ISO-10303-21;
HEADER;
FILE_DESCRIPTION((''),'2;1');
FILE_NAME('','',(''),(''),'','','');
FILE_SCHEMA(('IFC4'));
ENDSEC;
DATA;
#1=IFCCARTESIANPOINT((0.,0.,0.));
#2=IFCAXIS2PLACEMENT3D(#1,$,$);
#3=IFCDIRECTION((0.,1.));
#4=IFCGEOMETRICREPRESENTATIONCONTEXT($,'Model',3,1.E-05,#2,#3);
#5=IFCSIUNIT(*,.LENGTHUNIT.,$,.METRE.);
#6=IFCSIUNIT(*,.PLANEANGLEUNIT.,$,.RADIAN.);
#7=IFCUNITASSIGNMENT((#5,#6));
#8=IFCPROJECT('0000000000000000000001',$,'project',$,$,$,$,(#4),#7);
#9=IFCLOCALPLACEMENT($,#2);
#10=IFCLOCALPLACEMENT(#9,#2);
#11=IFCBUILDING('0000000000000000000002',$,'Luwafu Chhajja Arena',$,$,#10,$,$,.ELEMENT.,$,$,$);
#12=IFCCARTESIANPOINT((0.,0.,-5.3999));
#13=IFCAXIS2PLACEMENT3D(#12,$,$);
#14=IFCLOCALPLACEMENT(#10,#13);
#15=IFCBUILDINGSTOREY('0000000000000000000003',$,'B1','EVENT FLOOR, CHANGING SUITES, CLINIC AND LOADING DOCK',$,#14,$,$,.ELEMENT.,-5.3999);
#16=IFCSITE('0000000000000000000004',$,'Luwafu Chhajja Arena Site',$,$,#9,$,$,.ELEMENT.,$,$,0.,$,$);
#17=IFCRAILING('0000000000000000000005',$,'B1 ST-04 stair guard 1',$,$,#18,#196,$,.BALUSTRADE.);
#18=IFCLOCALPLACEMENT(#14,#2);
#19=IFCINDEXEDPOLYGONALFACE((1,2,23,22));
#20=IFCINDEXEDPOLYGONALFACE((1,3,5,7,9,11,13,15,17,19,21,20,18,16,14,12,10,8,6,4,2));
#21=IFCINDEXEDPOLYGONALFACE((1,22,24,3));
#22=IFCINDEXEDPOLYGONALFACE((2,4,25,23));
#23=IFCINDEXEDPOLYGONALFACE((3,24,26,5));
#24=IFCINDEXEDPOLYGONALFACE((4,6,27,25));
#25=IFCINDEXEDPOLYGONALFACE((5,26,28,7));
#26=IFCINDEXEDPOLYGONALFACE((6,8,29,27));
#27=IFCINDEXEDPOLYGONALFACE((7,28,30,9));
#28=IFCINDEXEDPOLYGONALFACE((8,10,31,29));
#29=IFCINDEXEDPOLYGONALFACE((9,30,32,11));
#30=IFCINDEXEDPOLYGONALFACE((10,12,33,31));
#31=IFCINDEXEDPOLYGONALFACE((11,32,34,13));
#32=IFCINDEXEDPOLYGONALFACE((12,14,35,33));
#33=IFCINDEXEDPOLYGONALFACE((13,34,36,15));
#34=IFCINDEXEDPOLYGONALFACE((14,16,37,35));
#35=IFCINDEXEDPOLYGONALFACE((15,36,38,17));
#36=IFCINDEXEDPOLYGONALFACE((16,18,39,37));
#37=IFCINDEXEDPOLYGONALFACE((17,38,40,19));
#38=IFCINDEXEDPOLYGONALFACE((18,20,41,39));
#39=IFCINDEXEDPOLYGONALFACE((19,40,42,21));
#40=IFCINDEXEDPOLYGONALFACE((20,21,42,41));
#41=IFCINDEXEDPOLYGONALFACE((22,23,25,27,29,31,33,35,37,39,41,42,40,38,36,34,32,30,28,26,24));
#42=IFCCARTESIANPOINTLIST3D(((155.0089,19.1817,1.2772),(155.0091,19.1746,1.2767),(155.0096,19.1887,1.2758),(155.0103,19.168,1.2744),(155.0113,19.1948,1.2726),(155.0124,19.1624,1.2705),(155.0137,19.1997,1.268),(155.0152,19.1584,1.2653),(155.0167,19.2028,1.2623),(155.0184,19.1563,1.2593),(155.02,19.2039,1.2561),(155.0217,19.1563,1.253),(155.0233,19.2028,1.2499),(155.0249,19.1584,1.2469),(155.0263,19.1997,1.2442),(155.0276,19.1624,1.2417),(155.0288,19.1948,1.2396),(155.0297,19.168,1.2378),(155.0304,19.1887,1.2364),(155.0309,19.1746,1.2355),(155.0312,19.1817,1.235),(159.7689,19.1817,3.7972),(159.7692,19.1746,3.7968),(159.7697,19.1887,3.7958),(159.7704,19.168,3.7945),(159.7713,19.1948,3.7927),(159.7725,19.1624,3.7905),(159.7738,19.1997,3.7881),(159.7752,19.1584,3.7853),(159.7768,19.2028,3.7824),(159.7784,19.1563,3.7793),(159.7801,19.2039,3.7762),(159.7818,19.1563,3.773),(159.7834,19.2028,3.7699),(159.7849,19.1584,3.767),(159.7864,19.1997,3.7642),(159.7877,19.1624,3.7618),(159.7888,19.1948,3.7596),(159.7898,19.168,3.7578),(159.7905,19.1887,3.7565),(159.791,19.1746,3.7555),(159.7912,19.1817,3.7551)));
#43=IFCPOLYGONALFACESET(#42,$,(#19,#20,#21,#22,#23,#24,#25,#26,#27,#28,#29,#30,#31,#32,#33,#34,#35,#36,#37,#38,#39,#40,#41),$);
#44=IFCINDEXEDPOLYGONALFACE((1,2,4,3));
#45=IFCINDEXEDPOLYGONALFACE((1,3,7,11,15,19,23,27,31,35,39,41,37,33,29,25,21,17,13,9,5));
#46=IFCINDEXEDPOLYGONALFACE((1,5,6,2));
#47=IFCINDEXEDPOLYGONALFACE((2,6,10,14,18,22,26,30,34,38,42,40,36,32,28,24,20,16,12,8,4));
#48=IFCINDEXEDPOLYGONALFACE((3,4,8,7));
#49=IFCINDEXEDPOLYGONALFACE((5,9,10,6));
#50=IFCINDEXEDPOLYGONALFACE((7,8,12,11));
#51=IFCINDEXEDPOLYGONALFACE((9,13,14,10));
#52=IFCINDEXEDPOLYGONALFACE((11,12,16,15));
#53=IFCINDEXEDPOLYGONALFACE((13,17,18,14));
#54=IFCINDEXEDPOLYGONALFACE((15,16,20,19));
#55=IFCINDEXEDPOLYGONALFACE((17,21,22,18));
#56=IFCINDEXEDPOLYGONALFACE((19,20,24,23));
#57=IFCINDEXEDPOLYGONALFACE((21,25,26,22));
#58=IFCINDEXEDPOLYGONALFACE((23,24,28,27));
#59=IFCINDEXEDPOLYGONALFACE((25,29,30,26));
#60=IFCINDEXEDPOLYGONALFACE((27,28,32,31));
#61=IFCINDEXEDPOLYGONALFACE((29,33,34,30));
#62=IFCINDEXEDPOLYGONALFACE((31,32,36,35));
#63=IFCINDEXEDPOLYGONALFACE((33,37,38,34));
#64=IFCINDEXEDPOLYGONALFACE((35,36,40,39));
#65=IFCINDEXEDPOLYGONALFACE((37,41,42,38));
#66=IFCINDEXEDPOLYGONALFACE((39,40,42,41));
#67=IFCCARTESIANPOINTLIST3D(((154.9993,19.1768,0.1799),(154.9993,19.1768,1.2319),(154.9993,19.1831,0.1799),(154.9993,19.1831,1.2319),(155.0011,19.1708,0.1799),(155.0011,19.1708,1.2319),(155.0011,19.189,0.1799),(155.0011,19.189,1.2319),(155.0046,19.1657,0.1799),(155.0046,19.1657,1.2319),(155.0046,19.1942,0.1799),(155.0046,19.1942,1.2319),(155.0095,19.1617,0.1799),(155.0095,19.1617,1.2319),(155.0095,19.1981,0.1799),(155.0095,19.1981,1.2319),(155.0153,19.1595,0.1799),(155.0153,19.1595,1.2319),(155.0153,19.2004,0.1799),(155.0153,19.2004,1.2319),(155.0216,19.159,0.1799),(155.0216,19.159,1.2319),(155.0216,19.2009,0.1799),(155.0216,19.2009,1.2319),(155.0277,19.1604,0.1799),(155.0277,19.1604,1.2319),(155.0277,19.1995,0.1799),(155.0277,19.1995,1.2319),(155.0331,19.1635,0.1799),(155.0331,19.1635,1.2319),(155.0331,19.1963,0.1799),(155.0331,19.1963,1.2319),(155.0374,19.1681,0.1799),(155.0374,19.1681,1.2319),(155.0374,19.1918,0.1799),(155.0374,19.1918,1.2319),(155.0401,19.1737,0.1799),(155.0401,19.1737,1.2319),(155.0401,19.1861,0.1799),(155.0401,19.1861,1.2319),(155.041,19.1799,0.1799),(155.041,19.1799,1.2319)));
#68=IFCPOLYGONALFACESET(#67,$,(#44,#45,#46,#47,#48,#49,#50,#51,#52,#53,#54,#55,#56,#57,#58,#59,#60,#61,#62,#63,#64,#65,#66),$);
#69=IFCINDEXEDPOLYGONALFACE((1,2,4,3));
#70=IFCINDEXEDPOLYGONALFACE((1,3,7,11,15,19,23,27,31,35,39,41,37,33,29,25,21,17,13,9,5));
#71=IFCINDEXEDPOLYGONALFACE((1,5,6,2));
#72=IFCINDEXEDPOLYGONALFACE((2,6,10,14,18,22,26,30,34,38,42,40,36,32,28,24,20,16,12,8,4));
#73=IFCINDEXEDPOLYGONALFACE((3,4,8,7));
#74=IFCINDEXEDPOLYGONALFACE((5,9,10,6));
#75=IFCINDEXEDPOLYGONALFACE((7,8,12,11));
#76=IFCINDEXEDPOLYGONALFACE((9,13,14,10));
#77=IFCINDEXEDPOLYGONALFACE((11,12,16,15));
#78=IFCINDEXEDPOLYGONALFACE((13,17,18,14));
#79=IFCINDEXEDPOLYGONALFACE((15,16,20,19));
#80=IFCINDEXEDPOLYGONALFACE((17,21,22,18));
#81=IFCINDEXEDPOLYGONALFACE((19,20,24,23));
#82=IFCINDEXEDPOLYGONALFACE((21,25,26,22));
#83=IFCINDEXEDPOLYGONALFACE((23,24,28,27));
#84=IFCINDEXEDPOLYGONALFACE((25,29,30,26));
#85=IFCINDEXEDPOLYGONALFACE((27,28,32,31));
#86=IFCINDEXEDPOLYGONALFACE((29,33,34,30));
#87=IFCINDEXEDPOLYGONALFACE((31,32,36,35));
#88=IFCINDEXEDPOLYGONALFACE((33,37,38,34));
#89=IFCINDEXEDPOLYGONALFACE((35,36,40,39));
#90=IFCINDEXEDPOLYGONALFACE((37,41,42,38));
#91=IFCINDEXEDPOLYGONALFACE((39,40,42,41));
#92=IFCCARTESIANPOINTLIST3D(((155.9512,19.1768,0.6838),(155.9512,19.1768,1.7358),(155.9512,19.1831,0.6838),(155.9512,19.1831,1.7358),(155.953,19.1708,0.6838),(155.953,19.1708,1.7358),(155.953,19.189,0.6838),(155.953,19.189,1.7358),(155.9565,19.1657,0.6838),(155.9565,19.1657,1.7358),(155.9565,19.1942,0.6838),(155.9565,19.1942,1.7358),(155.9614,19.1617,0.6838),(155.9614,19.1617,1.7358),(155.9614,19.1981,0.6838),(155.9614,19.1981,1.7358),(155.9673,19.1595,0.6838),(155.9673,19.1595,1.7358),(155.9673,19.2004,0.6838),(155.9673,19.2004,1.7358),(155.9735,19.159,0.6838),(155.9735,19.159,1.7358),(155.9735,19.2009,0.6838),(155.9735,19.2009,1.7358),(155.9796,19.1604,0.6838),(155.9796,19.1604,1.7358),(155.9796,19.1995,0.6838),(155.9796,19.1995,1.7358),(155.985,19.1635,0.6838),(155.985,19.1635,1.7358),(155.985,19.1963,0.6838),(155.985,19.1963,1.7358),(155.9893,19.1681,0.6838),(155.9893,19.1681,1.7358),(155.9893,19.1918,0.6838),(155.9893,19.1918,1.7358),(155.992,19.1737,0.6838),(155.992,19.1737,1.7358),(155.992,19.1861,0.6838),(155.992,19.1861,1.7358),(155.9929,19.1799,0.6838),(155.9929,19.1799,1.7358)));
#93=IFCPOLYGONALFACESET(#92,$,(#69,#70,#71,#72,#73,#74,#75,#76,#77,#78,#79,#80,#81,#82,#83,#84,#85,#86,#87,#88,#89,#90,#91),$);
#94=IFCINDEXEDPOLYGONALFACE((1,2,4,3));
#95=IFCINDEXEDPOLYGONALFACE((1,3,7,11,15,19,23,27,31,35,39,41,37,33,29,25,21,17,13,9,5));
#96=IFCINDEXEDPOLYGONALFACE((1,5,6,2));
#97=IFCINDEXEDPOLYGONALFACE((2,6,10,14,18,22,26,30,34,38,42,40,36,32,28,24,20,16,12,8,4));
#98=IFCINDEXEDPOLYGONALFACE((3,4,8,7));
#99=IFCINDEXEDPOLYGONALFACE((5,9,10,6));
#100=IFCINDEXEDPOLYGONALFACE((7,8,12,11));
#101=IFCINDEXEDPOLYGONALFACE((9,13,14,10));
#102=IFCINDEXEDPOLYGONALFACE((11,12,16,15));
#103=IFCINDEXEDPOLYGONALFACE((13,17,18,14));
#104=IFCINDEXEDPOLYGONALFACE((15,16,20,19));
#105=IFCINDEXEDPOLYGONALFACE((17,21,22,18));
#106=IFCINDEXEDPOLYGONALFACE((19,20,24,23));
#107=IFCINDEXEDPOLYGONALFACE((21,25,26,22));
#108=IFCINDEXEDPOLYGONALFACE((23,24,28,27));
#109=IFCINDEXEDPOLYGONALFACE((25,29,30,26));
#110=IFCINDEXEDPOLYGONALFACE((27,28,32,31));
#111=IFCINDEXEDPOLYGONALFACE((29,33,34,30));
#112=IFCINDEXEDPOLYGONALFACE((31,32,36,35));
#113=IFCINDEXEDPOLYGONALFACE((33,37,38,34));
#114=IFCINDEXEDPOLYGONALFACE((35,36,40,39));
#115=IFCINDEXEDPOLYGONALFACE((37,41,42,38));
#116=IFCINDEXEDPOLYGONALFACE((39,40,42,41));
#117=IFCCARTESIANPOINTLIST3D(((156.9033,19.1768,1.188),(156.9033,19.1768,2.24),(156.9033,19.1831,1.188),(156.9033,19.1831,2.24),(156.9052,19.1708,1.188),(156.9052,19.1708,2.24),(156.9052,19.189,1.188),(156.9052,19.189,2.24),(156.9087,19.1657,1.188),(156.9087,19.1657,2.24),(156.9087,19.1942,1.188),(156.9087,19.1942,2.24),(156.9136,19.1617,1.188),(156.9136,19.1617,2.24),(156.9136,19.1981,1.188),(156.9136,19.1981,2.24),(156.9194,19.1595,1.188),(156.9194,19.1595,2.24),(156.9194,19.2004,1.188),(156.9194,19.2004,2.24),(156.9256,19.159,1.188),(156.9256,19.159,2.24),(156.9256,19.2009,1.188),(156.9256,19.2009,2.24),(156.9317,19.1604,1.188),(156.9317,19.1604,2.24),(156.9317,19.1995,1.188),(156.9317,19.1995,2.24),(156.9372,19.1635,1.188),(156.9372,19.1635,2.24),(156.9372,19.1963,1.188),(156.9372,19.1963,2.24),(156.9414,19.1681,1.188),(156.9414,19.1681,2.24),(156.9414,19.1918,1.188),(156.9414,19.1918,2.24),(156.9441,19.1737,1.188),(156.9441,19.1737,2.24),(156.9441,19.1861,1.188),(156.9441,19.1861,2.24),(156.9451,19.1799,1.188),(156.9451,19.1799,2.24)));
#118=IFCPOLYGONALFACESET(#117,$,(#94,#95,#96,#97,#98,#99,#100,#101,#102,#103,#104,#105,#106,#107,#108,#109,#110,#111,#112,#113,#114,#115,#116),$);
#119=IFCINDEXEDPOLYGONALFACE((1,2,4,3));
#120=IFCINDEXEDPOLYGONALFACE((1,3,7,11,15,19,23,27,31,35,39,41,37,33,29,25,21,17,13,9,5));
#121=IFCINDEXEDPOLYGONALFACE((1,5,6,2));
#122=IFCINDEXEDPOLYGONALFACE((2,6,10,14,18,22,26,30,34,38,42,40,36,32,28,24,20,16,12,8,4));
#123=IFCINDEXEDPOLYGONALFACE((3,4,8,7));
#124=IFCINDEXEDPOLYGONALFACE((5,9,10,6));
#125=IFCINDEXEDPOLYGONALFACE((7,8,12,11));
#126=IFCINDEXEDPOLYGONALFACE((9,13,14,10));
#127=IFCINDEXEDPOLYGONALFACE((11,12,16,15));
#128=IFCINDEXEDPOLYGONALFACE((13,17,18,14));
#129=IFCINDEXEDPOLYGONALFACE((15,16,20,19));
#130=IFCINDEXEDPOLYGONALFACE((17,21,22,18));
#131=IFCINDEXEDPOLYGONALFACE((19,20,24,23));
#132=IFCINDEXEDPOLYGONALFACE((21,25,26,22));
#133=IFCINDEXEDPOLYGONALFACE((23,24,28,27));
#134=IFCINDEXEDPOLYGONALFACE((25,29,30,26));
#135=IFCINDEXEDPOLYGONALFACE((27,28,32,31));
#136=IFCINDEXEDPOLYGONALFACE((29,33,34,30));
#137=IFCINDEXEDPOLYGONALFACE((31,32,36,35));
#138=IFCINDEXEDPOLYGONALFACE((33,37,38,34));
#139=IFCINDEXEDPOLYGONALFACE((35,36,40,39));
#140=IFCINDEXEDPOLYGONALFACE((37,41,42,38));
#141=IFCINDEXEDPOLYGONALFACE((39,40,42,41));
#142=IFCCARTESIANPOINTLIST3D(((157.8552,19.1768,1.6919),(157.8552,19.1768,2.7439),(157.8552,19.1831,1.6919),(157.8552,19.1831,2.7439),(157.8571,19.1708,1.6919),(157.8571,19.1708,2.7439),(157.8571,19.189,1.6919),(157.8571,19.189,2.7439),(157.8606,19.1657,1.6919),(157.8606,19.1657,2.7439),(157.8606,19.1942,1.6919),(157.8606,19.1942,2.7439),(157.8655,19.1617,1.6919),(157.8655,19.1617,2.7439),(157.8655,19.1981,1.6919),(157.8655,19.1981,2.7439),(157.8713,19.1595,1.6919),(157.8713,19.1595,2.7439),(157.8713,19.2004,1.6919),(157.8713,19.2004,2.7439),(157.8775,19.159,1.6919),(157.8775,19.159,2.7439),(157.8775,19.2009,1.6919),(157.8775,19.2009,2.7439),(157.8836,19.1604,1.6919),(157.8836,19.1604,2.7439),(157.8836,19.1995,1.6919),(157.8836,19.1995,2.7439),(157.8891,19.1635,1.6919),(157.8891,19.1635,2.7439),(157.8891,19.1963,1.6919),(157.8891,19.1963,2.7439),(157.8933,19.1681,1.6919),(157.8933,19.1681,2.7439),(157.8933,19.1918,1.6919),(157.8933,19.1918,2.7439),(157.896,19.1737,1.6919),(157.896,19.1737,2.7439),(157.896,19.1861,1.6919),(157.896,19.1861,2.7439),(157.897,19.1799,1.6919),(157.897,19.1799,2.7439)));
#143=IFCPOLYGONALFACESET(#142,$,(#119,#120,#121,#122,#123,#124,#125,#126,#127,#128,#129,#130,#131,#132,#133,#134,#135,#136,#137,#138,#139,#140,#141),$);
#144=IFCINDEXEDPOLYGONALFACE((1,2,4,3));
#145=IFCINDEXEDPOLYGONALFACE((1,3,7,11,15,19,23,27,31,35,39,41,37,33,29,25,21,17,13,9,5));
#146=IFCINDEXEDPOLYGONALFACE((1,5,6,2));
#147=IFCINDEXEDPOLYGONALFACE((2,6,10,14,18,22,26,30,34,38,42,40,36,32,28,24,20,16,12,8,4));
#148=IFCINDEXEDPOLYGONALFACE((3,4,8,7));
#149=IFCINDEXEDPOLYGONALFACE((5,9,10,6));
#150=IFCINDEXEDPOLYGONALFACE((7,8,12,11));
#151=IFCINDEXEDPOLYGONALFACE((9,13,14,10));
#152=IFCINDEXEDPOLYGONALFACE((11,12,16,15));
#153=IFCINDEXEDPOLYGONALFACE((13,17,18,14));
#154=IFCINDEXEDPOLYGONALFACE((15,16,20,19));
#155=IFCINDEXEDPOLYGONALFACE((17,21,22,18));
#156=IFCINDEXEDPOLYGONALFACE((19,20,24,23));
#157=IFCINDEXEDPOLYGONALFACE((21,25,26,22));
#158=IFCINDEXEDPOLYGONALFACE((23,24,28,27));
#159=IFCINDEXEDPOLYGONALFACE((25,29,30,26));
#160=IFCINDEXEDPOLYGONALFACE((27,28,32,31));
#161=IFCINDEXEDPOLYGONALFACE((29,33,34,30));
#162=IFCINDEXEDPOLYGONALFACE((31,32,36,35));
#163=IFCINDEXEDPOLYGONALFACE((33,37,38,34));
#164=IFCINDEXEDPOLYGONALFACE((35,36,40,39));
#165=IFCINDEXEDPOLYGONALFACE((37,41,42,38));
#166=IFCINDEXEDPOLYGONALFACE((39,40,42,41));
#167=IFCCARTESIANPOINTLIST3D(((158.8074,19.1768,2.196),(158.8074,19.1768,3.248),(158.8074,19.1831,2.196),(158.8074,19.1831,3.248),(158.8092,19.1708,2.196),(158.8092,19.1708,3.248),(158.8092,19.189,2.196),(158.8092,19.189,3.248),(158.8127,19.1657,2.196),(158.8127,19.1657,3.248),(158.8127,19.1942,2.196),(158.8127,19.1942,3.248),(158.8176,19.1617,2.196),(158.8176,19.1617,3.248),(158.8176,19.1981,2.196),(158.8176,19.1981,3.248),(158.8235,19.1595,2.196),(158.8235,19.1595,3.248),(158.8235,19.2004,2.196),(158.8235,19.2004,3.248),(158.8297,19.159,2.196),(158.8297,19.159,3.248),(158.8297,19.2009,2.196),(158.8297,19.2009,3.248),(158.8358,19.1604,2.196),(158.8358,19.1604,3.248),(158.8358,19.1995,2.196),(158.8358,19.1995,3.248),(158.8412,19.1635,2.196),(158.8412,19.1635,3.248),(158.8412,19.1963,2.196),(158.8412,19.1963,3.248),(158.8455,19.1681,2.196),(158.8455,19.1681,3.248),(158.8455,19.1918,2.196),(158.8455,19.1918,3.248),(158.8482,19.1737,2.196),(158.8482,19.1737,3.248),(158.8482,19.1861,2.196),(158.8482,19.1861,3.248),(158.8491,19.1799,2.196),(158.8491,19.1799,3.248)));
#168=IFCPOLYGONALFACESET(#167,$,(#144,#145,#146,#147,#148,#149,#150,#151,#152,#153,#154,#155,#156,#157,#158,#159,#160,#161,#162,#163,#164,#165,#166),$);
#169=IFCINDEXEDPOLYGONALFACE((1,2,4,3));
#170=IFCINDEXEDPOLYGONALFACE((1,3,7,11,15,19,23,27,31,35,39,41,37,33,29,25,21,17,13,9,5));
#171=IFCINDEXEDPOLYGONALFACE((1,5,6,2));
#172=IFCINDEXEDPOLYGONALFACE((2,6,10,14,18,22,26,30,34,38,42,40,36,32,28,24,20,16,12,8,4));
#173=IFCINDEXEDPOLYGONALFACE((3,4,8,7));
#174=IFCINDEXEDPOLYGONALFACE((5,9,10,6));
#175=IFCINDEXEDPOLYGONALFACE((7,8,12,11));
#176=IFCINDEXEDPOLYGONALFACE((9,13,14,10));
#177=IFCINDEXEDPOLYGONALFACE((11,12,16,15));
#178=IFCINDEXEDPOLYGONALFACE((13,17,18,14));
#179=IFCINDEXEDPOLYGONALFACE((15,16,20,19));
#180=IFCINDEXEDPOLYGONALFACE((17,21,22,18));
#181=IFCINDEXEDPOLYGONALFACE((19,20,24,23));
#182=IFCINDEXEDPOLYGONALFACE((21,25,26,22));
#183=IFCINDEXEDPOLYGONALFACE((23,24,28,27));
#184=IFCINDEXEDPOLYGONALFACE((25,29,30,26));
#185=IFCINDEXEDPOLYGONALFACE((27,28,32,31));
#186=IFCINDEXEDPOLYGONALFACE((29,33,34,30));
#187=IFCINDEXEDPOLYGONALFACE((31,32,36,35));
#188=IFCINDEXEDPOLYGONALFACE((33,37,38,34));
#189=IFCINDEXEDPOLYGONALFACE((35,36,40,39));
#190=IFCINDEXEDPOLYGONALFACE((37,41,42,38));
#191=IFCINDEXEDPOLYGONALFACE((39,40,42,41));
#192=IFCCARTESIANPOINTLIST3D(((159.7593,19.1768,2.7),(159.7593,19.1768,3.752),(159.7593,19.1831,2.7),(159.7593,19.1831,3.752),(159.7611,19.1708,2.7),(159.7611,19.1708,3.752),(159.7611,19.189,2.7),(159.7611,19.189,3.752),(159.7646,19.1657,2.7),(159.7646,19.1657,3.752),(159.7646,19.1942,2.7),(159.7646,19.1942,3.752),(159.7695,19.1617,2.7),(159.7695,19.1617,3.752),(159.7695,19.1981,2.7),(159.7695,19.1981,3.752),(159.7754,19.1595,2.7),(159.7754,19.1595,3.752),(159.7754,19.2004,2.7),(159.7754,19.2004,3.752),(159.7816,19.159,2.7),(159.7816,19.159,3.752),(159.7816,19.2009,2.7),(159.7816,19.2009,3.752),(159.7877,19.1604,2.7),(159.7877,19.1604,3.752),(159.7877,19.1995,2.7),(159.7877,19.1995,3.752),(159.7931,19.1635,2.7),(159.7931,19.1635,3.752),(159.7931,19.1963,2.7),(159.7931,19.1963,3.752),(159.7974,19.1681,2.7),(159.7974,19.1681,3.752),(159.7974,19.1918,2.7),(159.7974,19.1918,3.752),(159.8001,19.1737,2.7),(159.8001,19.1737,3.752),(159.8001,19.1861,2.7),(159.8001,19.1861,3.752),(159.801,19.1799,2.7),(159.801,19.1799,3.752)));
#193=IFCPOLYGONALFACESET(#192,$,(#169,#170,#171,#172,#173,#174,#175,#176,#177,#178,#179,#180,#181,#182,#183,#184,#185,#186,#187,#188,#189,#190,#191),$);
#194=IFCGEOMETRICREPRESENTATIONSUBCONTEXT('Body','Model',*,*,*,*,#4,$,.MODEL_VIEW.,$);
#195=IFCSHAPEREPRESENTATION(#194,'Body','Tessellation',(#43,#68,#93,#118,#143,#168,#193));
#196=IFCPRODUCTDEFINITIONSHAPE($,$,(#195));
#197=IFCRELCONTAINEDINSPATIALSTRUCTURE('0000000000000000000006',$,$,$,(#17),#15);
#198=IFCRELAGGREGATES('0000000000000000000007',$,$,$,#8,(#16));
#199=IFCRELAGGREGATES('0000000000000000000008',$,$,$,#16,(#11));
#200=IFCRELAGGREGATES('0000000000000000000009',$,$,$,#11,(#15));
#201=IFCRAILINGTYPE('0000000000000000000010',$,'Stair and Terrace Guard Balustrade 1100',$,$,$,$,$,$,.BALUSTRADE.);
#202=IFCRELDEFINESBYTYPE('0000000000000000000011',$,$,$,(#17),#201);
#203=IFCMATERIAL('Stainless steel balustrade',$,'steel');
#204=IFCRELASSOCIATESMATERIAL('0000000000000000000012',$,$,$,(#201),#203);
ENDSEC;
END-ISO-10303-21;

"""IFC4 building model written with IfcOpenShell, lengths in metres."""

from ifc_helpers import new_model, si_unit, direction, frame, origin, origin_2d, place, context, subcontext, project, spatial, circle, extrude, material, type_object, element, save


model = new_model("IFC4")

# Units and contexts
model_context = context("Model", 3, precision=1e-05, world=origin(), true_north=direction((0.0, 1.0)))
body_context = subcontext(model_context, "Body", "Model", "MODEL_VIEW")
ifc_project = project(units=[si_unit("LENGTHUNIT", "METRE"), si_unit("PLANEANGLEUNIT", "RADIAN")], contexts=[model_context])

# Site, building, storey
site_placement = place(None, origin())
site = spatial("IfcSite", under=ifc_project, at=site_placement, Name="Luwafu Chhajja Arena Site", CompositionType="ELEMENT", RefElevation=0.0)
building_placement = place(site_placement, origin())
building = spatial("IfcBuilding", under=site, at=building_placement, Name="Luwafu Chhajja Arena", CompositionType="ELEMENT")
storey_placement = place(building_placement, frame((0.0, 0.0, -5.3999)))
storey = spatial("IfcBuildingStorey", under=building, at=storey_placement, Name="B1", Description="EVENT FLOOR, CHANGING SUITES, CLINIC AND LOADING DOCK", CompositionType="ELEMENT", Elevation=-5.3999)

# Railing
ifc_material_1 = material(Name="Stainless steel balustrade", Category="steel")
railing_type_1 = type_object("IfcRailingType", Name="Stair and Terrace Guard Balustrade 1100", PredefinedType="BALUSTRADE", material=ifc_material_1)
railing_1_placement = place(storey_placement, frame((155.02, 19.1799, 0.1799)))
element("IfcRailing", 1, at=railing_1_placement, inside=storey, type_object=railing_type_1, Name="B1 ST-04 stair guard 1", PredefinedType="BALUSTRADE", context=body_context, shape_type="SweptSolid", body=[
    extrude(circle(Radius=0.0239, at=origin_2d()), frame((0.0, 0.0, 1.0762), z_axis=(0.883787, 0.0, 0.46789), x_axis=(0.0, 1.0, 0.0)), (0.0, 0.0, 1.0), 5.386),
    extrude(circle(Radius=0.021, at=origin_2d()), origin(), (0.0, 0.0, 1.0), 1.052),
    extrude(circle(Radius=0.021, at=origin_2d()), frame((0.9519, 0.0, 0.5039)), (0.0, 0.0, 1.0), 1.052),
    extrude(circle(Radius=0.021, at=origin_2d()), frame((1.9041, 0.0, 1.0081)), (0.0, 0.0, 1.0), 1.052),
    extrude(circle(Radius=0.021, at=origin_2d()), frame((2.856, 0.0, 1.512)), (0.0, 0.0, 1.0), 1.052),
    extrude(circle(Radius=0.021, at=origin_2d()), frame((3.8081, 0.0, 2.0161)), (0.0, 0.0, 1.0), 1.052),
    extrude(circle(Radius=0.021, at=origin_2d()), frame((4.76, 0.0, 2.52)), (0.0, 0.0, 1.0), 1.052),
])

save(model, "model.ifc")
